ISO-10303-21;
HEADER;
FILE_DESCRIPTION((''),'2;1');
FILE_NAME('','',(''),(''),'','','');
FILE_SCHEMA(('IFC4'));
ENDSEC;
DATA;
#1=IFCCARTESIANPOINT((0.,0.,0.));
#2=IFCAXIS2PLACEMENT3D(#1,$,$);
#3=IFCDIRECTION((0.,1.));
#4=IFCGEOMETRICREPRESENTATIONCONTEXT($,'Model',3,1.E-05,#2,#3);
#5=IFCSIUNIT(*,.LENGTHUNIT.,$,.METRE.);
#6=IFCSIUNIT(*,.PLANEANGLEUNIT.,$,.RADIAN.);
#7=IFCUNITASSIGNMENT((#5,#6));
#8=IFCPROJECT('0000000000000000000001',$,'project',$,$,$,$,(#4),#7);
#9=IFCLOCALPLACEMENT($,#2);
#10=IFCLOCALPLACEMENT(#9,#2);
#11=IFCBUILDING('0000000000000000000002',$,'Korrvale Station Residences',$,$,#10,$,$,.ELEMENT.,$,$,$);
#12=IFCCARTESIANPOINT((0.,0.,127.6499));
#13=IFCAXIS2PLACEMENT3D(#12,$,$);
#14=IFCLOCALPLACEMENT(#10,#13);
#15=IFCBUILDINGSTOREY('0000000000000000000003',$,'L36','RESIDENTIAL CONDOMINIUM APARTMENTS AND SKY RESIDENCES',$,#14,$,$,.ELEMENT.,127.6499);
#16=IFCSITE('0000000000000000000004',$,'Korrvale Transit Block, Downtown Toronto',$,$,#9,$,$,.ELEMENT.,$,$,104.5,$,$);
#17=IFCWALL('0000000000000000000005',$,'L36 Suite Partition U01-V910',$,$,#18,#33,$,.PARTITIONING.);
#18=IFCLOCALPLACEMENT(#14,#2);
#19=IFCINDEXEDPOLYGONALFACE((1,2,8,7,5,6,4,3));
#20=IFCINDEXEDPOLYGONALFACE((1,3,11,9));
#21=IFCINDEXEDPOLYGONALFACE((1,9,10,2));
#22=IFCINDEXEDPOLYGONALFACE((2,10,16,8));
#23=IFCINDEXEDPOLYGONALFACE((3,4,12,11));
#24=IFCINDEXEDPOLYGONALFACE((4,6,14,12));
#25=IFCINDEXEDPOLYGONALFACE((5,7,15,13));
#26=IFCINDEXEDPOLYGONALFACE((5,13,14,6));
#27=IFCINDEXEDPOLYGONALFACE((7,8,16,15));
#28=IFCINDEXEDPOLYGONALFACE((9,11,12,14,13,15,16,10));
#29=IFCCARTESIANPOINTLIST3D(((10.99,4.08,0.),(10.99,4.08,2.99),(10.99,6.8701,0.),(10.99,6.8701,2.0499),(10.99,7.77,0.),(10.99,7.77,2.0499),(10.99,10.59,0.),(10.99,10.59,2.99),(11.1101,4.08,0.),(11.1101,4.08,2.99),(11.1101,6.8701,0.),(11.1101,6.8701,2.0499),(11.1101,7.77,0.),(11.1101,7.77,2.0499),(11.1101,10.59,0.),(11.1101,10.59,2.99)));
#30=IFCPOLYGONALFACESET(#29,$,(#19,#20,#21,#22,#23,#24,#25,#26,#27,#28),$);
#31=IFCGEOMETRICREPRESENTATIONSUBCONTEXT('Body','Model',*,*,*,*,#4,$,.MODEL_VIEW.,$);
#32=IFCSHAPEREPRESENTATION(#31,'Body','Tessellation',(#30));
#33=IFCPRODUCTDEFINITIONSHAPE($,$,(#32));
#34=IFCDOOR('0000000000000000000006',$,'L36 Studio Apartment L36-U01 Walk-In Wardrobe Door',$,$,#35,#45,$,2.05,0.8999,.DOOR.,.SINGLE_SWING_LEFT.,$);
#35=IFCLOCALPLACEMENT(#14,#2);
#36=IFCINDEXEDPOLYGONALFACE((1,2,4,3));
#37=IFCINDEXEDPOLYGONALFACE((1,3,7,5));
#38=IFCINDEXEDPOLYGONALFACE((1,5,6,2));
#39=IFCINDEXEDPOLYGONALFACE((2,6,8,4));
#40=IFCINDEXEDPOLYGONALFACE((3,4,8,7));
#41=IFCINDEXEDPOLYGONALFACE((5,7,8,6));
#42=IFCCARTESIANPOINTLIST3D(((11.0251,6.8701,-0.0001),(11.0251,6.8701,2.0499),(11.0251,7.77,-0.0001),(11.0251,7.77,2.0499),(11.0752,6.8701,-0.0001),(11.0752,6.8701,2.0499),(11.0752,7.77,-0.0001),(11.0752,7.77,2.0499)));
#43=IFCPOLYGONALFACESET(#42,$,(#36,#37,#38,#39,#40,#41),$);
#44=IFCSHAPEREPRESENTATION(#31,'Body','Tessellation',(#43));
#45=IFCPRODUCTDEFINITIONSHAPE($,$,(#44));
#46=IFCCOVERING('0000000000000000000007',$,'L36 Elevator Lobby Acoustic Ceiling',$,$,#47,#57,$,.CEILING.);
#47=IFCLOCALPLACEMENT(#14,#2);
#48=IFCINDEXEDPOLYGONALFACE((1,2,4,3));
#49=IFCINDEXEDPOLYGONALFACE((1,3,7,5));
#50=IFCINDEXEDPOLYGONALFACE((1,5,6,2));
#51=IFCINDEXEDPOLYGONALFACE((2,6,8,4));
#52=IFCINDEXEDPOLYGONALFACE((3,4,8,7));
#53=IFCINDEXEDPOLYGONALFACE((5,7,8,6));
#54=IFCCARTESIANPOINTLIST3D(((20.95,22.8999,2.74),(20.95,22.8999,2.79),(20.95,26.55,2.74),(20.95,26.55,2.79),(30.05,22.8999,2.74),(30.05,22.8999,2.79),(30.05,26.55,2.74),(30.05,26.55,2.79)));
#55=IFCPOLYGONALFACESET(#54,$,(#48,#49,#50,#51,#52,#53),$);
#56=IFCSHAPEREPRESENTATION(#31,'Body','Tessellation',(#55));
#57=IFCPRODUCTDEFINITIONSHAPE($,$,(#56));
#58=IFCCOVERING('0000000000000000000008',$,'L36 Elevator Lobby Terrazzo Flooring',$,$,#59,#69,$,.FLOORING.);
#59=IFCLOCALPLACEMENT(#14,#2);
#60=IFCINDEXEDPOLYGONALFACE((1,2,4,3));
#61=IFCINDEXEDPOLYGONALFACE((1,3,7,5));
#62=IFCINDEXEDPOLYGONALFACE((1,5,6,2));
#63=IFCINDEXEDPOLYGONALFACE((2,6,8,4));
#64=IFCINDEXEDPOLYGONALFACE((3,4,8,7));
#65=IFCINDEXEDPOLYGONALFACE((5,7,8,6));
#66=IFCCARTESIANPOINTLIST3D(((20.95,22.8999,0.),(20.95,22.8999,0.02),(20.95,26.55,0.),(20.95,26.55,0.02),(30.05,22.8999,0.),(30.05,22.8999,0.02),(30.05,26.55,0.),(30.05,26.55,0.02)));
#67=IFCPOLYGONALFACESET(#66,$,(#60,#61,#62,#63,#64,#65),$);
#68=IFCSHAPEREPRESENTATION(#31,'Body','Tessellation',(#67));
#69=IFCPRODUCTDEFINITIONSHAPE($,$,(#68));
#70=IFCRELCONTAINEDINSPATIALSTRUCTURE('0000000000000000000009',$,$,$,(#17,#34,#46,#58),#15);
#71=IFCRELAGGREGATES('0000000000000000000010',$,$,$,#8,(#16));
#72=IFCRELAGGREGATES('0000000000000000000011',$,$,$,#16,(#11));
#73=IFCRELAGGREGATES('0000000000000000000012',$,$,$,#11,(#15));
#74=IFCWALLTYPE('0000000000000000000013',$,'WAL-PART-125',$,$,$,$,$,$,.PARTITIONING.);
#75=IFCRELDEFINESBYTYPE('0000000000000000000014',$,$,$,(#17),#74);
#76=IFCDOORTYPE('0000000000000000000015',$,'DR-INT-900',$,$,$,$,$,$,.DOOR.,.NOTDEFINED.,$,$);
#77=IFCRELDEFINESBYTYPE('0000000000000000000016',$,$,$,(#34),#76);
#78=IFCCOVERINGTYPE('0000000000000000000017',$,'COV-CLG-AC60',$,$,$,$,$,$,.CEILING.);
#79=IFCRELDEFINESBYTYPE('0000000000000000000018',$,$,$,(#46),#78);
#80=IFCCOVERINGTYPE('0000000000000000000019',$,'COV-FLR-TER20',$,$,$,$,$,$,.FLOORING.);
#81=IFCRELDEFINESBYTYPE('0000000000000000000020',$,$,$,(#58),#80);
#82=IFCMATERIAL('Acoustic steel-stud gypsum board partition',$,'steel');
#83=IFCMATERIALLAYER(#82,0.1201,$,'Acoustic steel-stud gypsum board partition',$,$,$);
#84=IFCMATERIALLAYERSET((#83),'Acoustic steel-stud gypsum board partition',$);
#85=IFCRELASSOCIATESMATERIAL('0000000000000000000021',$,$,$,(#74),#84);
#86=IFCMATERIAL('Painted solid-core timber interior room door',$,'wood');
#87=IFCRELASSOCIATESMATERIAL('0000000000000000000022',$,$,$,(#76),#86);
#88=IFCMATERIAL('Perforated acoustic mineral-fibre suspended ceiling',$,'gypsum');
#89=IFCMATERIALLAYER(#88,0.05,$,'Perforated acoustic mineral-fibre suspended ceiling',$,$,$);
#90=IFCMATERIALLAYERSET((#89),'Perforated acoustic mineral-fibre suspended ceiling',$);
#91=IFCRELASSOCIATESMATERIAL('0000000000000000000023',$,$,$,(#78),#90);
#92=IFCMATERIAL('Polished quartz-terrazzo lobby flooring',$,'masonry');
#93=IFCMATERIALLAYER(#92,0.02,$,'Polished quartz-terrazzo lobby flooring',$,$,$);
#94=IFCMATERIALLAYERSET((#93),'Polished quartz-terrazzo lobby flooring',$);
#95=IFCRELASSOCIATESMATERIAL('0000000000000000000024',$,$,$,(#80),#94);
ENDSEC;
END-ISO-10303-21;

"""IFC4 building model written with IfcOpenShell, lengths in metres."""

from ifc_helpers import new_model, si_unit, direction, frame, frame_2d, origin, place, context, subcontext, project, spatial, polyline, rectangle, outline, extrude, material, layer, layer_set, type_object, element, fill, save


model = new_model("IFC4")

# Units and contexts
model_context = context("Model", 3, precision=1e-05, world=origin(), true_north=direction((0.0, 1.0)))
body_context = subcontext(model_context, "Body", "Model", "MODEL_VIEW")
ifc_project = project(units=[si_unit("LENGTHUNIT", "METRE"), si_unit("PLANEANGLEUNIT", "RADIAN")], contexts=[model_context])

# Site, building, storey
site_placement = place(None, origin())
site = spatial("IfcSite", under=ifc_project, at=site_placement, Name="Korrvale Transit Block, Downtown Toronto", CompositionType="ELEMENT", RefElevation=104.5)
building_placement = place(site_placement, origin())
building = spatial("IfcBuilding", under=site, at=building_placement, Name="Korrvale Station Residences", CompositionType="ELEMENT")
storey_placement = place(building_placement, frame((0.0, 0.0, 127.6499)))
storey = spatial("IfcBuildingStorey", under=building, at=storey_placement, Name="L36", Description="RESIDENTIAL CONDOMINIUM APARTMENTS AND SKY RESIDENCES", CompositionType="ELEMENT", Elevation=127.6499)

# Wall, opening, door
ifc_material_1 = material(Name="Acoustic steel-stud gypsum board partition", Category="steel")
ifc_layer_1 = layer(ifc_material_1, 0.1201, Name="Acoustic steel-stud gypsum board partition")
ifc_layer_set_1 = layer_set([ifc_layer_1], Name="Acoustic steel-stud gypsum board partition")
wall_type_1 = type_object("IfcWallType", Name="WAL-PART-125", PredefinedType="PARTITIONING", material=ifc_layer_set_1)
wall_1_placement = place(storey_placement, frame((11.05, 4.0801, 0.0), z_axis=(0.0, 0.0, 1.0), x_axis=(0.0, 1.0, 0.0)))
wall_1 = element("IfcWall", 1, at=wall_1_placement, inside=storey, type_object=wall_type_1, Name="L36 Suite Partition U01-V910", PredefinedType="PARTITIONING", context=body_context, shape_type="SweptSolid", body=[
    extrude(rectangle(XDim=6.51, YDim=0.1201, at=frame_2d((3.2549, 0.0))), origin(), (0.0, 0.0, 1.0), 2.99),
])
opening_1_placement = place(wall_1_placement, frame((2.79, 0.0, 0.0)))
opening_1 = element("IfcOpeningElement", 2, at=opening_1_placement, cuts=wall_1, PredefinedType="OPENING", context=body_context, shape_type="SweptSolid", body=[
    extrude(rectangle(XDim=0.8999, YDim=2.05, at=frame_2d((0.45, 1.0249))), frame((0.0, 0.0701, 0.0), z_axis=(0.0, -1.0, 0.0), x_axis=(1.0, 0.0, 0.0)), (0.0, 0.0, 1.0), 0.1401),
])
ifc_material_2 = material(Name="Painted solid-core timber interior room door", Category="wood")
door_type = type_object("IfcDoorType", Name="DR-INT-900", OperationType="NOTDEFINED", PredefinedType="DOOR", material=ifc_material_2)
door_placement = place(opening_1_placement, origin())
door = element("IfcDoor", 3, at=door_placement, inside=storey, type_object=door_type, Name="L36 Studio Apartment L36-U01 Walk-In Wardrobe Door", OperationType="SINGLE_SWING_LEFT", OverallHeight=2.05, OverallWidth=0.8999, PredefinedType="DOOR", context=body_context, shape_type="SweptSolid", body=[
    extrude(rectangle(XDim=0.8999, YDim=2.05, at=frame_2d((0.45, 1.0249))), frame((0.0, 0.0249, 0.0), z_axis=(0.0, -1.0, 0.0), x_axis=(1.0, 0.0, 0.0)), (0.0, 0.0, 1.0), 0.05),
])
fill(opening_1, door)

# Coverings
ifc_material_3 = material(Name="Perforated acoustic mineral-fibre suspended ceiling", Category="gypsum")
ifc_layer_2 = layer(ifc_material_3, 0.05, Name="Perforated acoustic mineral-fibre suspended ceiling")
ifc_layer_set_2 = layer_set([ifc_layer_2], Name="Perforated acoustic mineral-fibre suspended ceiling")
covering_type_1 = type_object("IfcCoveringType", Name="COV-CLG-AC60", PredefinedType="CEILING", material=ifc_layer_set_2)
covering_1_placement = place(storey_placement, frame((0.0, 0.0, 2.74)))
element("IfcCovering", 4, at=covering_1_placement, inside=storey, type_object=covering_type_1, Name="L36 Elevator Lobby Acoustic Ceiling", PredefinedType="CEILING", context=body_context, shape_type="SweptSolid", body=[
    extrude(outline(polyline([(20.95, 22.8999), (30.05, 22.8999), (30.05, 26.55), (20.95, 26.55), (20.95, 22.8999)])), origin(), (0.0, 0.0, 1.0), 0.05),
])
ifc_material_4 = material(Name="Polished quartz-terrazzo lobby flooring", Category="masonry")
ifc_layer_3 = layer(ifc_material_4, 0.02, Name="Polished quartz-terrazzo lobby flooring")
ifc_layer_set_3 = layer_set([ifc_layer_3], Name="Polished quartz-terrazzo lobby flooring")
covering_type_2 = type_object("IfcCoveringType", Name="COV-FLR-TER20", PredefinedType="FLOORING", material=ifc_layer_set_3)
covering_2_placement = place(storey_placement, origin())
element("IfcCovering", 5, at=covering_2_placement, inside=storey, type_object=covering_type_2, Name="L36 Elevator Lobby Terrazzo Flooring", PredefinedType="FLOORING", context=body_context, shape_type="SweptSolid", body=[
    extrude(outline(polyline([(20.95, 22.8999), (30.05, 22.8999), (30.05, 26.55), (20.95, 26.55), (20.95, 22.8999)])), origin(), (0.0, 0.0, 1.0), 0.02),
])

save(model, "model.ifc")
